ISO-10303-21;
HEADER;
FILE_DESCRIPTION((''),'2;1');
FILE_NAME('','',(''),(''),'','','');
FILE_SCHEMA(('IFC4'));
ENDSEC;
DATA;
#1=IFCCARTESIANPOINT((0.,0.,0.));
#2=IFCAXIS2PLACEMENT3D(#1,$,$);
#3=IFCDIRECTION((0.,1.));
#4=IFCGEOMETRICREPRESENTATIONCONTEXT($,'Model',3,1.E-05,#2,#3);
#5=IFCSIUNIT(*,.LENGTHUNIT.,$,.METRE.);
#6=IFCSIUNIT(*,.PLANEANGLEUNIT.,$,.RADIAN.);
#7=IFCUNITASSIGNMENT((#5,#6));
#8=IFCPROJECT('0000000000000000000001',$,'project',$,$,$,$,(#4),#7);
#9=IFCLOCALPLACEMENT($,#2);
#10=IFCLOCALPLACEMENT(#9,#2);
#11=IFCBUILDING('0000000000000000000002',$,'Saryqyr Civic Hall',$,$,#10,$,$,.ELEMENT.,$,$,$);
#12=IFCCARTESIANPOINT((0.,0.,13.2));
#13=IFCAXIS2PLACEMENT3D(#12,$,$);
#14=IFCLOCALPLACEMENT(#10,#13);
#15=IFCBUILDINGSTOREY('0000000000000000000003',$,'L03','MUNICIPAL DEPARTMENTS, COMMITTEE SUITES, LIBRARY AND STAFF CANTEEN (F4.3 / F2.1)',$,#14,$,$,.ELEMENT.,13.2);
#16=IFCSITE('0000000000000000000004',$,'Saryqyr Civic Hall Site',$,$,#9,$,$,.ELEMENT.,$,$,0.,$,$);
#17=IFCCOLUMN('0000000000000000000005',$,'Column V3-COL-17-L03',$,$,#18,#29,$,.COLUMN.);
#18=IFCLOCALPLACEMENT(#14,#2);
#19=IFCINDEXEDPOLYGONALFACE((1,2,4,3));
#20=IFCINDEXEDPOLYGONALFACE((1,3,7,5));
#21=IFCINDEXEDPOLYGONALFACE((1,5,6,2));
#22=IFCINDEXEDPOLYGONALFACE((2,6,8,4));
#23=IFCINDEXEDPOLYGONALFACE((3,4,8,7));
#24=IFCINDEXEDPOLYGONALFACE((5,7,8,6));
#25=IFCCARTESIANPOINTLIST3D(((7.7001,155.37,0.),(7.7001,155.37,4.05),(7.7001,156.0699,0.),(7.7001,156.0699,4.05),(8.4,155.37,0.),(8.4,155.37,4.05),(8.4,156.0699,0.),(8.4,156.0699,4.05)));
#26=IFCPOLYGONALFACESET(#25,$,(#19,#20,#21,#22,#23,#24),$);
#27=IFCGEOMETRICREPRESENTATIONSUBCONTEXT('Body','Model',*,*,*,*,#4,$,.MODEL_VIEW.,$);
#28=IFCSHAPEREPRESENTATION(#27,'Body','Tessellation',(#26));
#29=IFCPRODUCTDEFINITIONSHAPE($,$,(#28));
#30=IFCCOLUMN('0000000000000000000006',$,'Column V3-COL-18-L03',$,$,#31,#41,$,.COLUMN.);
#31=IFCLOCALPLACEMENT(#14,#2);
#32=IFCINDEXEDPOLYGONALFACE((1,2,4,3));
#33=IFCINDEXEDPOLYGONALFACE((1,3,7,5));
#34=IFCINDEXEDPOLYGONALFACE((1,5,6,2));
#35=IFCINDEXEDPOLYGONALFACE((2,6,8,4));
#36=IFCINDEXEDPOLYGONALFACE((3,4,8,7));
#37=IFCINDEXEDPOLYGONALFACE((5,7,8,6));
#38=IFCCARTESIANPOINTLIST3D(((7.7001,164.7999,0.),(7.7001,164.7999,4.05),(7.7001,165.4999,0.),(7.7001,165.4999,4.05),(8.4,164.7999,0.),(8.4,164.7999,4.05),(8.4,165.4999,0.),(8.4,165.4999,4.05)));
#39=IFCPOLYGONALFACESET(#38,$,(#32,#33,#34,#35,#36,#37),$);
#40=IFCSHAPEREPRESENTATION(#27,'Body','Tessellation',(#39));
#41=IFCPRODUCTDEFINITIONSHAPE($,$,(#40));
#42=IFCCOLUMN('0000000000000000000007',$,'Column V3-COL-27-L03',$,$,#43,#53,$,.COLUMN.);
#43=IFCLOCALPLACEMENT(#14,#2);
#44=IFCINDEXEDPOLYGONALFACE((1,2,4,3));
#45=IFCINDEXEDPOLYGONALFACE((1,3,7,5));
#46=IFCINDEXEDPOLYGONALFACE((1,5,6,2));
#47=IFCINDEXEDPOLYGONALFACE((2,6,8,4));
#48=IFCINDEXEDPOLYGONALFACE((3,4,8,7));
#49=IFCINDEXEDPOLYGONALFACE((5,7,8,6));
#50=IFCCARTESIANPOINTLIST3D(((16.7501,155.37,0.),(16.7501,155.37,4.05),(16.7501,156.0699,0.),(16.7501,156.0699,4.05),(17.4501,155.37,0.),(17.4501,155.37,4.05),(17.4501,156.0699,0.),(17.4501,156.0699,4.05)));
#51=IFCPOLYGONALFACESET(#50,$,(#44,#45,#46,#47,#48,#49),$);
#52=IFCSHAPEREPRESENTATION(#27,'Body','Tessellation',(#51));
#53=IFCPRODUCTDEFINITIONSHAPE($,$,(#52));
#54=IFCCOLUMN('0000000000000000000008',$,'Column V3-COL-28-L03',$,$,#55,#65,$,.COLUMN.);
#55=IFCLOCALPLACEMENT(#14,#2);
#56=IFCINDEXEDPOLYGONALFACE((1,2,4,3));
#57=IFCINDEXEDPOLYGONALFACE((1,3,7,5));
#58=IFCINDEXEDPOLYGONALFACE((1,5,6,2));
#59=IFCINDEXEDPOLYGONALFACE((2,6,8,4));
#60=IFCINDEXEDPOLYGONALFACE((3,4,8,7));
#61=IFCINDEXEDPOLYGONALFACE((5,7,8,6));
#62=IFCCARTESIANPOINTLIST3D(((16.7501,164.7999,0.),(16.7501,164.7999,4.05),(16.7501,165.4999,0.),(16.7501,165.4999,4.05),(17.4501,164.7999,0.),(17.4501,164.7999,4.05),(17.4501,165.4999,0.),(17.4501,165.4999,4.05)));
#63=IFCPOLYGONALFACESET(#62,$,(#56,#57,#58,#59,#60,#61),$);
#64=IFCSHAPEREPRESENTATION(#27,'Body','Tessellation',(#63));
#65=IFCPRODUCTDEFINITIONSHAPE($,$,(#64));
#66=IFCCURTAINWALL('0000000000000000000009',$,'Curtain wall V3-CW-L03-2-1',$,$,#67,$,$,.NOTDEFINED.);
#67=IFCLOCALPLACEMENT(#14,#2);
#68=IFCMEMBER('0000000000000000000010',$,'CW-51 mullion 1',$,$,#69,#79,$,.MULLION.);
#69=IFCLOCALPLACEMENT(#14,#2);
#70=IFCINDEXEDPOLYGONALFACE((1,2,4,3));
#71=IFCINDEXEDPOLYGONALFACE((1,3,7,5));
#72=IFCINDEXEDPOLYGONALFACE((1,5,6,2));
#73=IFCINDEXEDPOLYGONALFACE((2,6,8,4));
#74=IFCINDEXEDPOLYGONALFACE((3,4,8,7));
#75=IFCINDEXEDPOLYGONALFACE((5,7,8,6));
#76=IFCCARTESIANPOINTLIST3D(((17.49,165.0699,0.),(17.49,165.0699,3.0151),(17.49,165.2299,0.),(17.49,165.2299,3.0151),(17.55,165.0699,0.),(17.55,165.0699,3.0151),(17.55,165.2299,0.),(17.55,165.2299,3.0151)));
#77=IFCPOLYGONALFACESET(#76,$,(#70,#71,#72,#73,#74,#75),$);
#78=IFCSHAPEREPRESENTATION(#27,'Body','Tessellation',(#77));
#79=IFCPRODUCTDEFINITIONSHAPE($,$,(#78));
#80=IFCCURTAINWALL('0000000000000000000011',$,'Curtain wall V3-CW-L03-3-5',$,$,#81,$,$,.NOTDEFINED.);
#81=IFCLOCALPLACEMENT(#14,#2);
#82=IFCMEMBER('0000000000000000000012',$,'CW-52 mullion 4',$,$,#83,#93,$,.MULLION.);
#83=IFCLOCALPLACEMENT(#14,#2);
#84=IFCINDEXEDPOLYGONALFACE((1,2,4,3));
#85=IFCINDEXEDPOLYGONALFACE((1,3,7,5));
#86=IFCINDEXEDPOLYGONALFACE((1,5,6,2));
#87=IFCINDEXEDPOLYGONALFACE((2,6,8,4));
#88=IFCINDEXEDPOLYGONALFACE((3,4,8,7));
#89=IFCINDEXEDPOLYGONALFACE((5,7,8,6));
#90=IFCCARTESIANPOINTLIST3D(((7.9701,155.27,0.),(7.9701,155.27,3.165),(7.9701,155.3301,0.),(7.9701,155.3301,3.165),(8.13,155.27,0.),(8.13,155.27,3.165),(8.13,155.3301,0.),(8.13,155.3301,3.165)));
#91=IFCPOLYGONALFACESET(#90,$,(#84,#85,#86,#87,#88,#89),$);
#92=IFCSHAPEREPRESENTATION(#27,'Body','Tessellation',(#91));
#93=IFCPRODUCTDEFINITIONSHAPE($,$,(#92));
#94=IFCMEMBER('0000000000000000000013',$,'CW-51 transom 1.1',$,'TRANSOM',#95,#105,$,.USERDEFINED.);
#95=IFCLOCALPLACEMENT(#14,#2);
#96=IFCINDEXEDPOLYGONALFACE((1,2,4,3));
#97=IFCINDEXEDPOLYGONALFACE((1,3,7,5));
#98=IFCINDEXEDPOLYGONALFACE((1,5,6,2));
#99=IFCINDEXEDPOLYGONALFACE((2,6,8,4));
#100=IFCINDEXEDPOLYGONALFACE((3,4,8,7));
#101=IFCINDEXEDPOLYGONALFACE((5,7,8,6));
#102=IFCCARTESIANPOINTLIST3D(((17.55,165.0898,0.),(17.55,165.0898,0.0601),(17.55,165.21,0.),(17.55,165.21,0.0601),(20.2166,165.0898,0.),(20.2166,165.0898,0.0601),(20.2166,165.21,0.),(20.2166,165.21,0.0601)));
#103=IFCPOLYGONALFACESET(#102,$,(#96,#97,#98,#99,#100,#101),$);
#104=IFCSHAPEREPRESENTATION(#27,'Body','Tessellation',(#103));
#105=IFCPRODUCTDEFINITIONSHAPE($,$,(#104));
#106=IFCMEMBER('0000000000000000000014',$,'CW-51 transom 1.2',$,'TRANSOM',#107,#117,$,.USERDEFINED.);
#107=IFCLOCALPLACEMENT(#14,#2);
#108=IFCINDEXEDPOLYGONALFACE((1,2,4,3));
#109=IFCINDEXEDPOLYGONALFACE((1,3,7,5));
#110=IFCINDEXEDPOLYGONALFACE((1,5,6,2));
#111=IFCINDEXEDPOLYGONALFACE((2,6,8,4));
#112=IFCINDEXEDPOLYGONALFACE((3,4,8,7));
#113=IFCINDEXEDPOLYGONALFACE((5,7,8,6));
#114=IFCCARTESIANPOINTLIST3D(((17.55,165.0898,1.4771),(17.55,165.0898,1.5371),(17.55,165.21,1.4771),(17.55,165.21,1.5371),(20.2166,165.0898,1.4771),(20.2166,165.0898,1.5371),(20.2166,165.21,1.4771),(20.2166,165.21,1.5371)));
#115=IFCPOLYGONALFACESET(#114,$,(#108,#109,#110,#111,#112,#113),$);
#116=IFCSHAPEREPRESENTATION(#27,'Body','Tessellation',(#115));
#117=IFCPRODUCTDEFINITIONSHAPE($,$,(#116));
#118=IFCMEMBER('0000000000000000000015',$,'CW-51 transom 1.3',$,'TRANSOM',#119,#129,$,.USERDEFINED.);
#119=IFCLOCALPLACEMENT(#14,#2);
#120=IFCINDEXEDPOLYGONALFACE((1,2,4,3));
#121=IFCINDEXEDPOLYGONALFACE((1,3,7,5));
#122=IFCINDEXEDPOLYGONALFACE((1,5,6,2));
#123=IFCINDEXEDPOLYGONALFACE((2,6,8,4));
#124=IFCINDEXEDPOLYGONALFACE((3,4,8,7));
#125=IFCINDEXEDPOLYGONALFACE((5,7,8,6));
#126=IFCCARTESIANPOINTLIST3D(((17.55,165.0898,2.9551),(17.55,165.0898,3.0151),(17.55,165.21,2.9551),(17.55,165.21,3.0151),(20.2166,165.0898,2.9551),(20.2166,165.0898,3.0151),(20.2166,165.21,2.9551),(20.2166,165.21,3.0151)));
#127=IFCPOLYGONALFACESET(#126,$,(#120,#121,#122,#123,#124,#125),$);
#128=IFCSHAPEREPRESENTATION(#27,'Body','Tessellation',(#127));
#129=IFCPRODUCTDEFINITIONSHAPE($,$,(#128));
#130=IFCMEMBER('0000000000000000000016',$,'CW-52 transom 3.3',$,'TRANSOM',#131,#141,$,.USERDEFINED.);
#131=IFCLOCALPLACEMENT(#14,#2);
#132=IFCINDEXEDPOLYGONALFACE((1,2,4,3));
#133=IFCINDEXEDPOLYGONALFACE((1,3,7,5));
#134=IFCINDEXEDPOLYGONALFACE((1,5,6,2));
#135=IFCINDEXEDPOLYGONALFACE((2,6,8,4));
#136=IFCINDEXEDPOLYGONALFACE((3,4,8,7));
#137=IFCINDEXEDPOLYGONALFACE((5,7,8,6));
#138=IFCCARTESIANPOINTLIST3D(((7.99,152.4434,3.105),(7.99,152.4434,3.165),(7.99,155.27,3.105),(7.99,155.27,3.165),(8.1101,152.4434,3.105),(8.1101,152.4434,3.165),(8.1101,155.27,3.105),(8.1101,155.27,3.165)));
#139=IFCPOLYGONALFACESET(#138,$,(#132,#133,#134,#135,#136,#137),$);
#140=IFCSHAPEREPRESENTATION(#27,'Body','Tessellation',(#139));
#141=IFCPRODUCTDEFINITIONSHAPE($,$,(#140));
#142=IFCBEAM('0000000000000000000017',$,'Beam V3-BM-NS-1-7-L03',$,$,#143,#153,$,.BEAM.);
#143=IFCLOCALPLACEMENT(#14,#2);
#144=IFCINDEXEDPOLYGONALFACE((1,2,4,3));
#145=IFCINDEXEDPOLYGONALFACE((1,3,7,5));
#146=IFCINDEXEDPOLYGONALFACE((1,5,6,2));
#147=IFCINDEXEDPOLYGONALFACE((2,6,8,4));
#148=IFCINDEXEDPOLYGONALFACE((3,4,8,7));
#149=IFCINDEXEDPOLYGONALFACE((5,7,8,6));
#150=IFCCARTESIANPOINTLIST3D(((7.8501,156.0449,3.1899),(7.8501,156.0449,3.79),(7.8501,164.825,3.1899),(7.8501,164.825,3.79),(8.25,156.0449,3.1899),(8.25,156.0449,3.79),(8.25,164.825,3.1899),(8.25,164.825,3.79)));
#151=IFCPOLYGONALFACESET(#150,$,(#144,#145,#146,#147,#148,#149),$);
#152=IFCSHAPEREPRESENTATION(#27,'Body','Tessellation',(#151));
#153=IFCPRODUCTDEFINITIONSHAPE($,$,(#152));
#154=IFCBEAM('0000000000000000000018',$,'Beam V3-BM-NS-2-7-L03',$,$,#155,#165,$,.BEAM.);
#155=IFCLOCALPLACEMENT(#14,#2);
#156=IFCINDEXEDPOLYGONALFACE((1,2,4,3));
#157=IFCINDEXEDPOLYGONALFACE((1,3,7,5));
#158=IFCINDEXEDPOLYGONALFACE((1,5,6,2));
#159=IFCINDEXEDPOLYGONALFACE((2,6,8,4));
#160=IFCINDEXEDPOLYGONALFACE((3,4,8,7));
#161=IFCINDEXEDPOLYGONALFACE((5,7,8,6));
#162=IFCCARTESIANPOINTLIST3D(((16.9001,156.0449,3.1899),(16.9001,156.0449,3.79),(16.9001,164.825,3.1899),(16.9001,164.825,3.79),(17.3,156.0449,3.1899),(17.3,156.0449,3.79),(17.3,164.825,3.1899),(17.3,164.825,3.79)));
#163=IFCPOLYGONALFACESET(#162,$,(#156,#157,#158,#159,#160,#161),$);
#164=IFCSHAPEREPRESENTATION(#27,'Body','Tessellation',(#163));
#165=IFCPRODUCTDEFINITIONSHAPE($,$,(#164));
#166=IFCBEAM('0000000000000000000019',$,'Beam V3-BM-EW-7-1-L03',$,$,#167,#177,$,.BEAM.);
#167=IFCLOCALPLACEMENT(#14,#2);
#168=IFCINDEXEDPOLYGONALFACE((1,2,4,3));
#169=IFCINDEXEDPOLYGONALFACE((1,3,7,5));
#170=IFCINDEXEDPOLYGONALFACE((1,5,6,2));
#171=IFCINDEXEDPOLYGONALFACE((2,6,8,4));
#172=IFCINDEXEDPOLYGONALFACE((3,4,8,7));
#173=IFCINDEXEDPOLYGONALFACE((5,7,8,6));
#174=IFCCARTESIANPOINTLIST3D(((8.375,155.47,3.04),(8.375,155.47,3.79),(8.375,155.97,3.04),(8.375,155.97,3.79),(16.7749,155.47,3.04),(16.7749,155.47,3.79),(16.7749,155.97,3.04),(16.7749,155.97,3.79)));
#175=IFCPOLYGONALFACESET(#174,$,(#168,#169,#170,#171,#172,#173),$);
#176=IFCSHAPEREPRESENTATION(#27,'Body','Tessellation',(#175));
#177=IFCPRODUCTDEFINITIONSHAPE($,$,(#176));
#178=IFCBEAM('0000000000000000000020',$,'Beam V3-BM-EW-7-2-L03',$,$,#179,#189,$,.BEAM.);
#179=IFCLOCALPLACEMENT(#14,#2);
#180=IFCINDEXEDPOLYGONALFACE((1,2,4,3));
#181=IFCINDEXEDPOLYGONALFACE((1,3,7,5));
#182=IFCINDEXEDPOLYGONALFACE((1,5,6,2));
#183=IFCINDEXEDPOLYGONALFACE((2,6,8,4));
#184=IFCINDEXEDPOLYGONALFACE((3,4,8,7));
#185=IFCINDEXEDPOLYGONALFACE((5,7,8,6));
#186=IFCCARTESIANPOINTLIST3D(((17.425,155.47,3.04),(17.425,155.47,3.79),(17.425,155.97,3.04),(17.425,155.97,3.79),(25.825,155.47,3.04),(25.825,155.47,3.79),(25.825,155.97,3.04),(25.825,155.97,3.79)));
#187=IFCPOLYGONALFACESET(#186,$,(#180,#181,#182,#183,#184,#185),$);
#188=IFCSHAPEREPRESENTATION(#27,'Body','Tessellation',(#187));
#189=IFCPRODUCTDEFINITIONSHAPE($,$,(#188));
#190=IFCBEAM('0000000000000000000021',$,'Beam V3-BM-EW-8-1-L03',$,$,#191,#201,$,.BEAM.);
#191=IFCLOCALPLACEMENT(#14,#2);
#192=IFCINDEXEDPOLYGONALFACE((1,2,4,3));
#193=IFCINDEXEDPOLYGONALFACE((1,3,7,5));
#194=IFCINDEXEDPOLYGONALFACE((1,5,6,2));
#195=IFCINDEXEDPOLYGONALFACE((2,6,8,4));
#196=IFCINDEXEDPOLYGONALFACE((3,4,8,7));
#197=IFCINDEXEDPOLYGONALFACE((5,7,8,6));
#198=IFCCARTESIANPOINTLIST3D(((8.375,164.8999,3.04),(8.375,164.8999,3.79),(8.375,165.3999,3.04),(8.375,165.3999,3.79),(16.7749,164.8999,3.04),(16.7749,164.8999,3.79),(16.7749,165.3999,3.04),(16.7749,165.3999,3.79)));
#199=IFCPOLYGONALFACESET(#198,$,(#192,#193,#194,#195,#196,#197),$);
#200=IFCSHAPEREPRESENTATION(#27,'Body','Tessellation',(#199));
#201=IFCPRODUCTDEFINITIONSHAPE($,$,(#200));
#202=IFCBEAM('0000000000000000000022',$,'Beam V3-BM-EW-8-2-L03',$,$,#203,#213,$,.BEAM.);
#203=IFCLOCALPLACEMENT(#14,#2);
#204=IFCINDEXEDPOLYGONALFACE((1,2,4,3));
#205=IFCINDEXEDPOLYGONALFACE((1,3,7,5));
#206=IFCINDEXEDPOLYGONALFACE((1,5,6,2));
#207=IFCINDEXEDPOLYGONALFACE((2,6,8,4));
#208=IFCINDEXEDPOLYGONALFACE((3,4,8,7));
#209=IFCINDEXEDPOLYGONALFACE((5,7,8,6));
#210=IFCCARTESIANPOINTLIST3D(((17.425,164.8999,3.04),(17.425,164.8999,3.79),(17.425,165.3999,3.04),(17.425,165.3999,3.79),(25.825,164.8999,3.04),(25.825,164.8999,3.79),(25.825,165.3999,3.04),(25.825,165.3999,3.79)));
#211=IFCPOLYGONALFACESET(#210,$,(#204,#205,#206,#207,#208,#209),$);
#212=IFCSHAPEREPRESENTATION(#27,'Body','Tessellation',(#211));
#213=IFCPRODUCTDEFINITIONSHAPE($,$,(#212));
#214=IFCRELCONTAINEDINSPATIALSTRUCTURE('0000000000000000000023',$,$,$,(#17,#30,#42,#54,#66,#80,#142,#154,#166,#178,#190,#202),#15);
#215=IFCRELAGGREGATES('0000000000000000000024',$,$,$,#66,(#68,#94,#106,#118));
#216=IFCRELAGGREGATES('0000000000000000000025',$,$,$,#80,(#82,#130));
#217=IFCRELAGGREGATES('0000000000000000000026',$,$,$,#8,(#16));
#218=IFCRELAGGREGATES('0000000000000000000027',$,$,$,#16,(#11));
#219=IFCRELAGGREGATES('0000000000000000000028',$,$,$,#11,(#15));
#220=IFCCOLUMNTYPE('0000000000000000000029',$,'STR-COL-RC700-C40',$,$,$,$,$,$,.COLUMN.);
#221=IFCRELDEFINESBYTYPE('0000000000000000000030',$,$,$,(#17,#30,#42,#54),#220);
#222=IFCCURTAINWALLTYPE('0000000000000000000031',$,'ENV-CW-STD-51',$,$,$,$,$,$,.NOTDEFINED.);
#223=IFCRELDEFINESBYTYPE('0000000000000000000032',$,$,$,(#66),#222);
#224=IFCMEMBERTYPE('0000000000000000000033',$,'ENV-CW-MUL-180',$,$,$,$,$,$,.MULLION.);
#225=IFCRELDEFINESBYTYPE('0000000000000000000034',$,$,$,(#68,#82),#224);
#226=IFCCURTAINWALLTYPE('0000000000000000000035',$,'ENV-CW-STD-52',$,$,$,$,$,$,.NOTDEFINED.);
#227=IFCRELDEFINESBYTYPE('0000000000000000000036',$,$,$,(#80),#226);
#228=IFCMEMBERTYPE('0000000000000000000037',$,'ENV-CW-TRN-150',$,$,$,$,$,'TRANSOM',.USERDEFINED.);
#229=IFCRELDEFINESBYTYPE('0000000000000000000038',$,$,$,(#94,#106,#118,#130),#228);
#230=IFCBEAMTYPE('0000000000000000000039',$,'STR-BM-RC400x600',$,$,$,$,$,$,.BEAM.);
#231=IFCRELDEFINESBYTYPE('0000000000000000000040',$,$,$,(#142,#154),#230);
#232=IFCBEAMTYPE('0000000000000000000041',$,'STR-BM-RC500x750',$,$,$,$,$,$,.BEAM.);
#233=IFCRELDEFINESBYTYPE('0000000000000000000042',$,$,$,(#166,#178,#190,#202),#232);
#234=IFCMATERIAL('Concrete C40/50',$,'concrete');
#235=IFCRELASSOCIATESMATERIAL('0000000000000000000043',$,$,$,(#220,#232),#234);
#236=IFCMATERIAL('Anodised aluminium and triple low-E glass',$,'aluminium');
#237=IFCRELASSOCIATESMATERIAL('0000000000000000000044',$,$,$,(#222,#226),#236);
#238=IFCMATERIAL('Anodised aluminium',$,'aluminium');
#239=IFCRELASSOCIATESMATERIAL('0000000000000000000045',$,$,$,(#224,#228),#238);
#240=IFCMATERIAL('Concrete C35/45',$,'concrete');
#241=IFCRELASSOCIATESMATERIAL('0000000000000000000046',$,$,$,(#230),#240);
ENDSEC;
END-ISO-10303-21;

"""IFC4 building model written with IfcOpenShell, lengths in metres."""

from ifc_helpers import new_model, si_unit, direction, frame, origin, origin_2d, place, context, subcontext, project, spatial, rectangle, extrude, material, material_profile, profile_set, type_object, element, aggregate, save


model = new_model("IFC4")

# Units and contexts
model_context = context("Model", 3, precision=1e-05, world=origin(), true_north=direction((0.0, 1.0)))
body_context = subcontext(model_context, "Body", "Model", "MODEL_VIEW")
ifc_project = project(units=[si_unit("LENGTHUNIT", "METRE"), si_unit("PLANEANGLEUNIT", "RADIAN")], contexts=[model_context])

# Site, building, storey
site_placement = place(None, origin())
site = spatial("IfcSite", under=ifc_project, at=site_placement, Name="Saryqyr Civic Hall Site", CompositionType="ELEMENT", RefElevation=0.0)
building_placement = place(site_placement, origin())
building = spatial("IfcBuilding", under=site, at=building_placement, Name="Saryqyr Civic Hall", CompositionType="ELEMENT")
storey_placement = place(building_placement, frame((0.0, 0.0, 13.2)))
storey = spatial("IfcBuildingStorey", under=building, at=storey_placement, Name="L03", Description="MUNICIPAL DEPARTMENTS, COMMITTEE SUITES, LIBRARY AND STAFF CANTEEN (F4.3 / F2.1)", CompositionType="ELEMENT", Elevation=13.2)

# Columns
ifc_material_1 = material(Name="Concrete C40/50", Category="concrete")
ifc_material_profile_1 = material_profile(ifc_material_1, rectangle(XDim=0.7, YDim=0.7, at=origin_2d()), Name="RC 700x700")
ifc_profile_set_1 = profile_set([ifc_material_profile_1], Name="Concrete C40/50")
column_type = type_object("IfcColumnType", Name="STR-COL-RC700-C40", PredefinedType="COLUMN", material=ifc_profile_set_1)
for number, where, z_axis, x_axis, name in (
    (1, (8.05, 155.72, 0.0), (0.0, 0.0, 1.0), (1.0, 0.0, 0.0), "Column V3-COL-17-L03"),
    (2, (8.05, 165.1499, 0.0), (0.0, 0.0, 1.0), (1.0, 0.0, 0.0), "Column V3-COL-18-L03"),
    (3, (17.1001, 155.72, 0.0), (0.0, 0.0, 1.0), (1.0, 0.0, 0.0), "Column V3-COL-27-L03"),
    (4, (17.1001, 165.1499, 0.0), (0.0, 0.0, 1.0), (1.0, 0.0, 0.0), "Column V3-COL-28-L03"),
):
    element("IfcColumn", number, at=place(storey_placement, frame(where, z_axis=z_axis, x_axis=x_axis)), inside=storey, type_object=column_type, Name=name, PredefinedType="COLUMN", context=body_context, shape_type="SweptSolid", body=[
        extrude(rectangle(XDim=0.7, YDim=0.7, at=origin_2d()), origin(), (0.0, 0.0, 1.0), 4.05),
    ])

# Curtain walls, members
ifc_material_2 = material(Name="Anodised aluminium and triple low-E glass", Category="aluminium")
curtain_wall_type_1 = type_object("IfcCurtainWallType", Name="ENV-CW-STD-51", PredefinedType="NOTDEFINED", material=ifc_material_2)
curtain_wall_1_placement = place(storey_placement, origin())
curtain_wall_1 = element("IfcCurtainWall", 5, at=curtain_wall_1_placement, inside=storey, type_object=curtain_wall_type_1, Name="Curtain wall V3-CW-L03-2-1", PredefinedType="NOTDEFINED")
ifc_material_3 = material(Name="Anodised aluminium", Category="aluminium")
ifc_material_profile_2 = material_profile(ifc_material_3, rectangle(XDim=0.0601, YDim=0.1599, at=origin_2d()), Name="ALU MULLION 60x160")
ifc_profile_set_2 = profile_set([ifc_material_profile_2], Name="Anodised aluminium")
member_type_1 = type_object("IfcMemberType", Name="ENV-CW-MUL-180", PredefinedType="MULLION", material=ifc_profile_set_2)
member_1_placement = place(storey_placement, frame((17.52, 165.1499, 0.0), z_axis=(0.0, 0.0, 1.0), x_axis=(1.0, 0.0, 0.0)))
member_1 = element("IfcMember", 6, at=member_1_placement, type_object=member_type_1, Name="CW-51 mullion 1", PredefinedType="MULLION", context=body_context, shape_type="SweptSolid", body=[
    extrude(rectangle(XDim=0.0601, YDim=0.1599, at=origin_2d()), origin(), (0.0, 0.0, 1.0), 3.0151),
])
curtain_wall_type_2 = type_object("IfcCurtainWallType", Name="ENV-CW-STD-52", PredefinedType="NOTDEFINED", material=ifc_material_2)
curtain_wall_2_placement = place(storey_placement, origin())
curtain_wall_2 = element("IfcCurtainWall", 7, at=curtain_wall_2_placement, inside=storey, type_object=curtain_wall_type_2, Name="Curtain wall V3-CW-L03-3-5", PredefinedType="NOTDEFINED")
member_2_placement = place(storey_placement, frame((8.05, 155.3, 0.0), z_axis=(0.0, 0.0, 1.0), x_axis=(0.0, 1.0, 0.0)))
member_2 = element("IfcMember", 8, at=member_2_placement, type_object=member_type_1, Name="CW-52 mullion 4", PredefinedType="MULLION", context=body_context, shape_type="SweptSolid", body=[
    extrude(rectangle(XDim=0.0601, YDim=0.1599, at=origin_2d()), origin(), (0.0, 0.0, 1.0), 3.165),
])

# Members
ifc_material_profile_3 = material_profile(ifc_material_3, rectangle(XDim=0.1201, YDim=0.0601, at=origin_2d()), Name="ALU TRANSOM 120x60")
ifc_profile_set_3 = profile_set([ifc_material_profile_3], Name="Anodised aluminium")
member_type_2 = type_object("IfcMemberType", Name="ENV-CW-TRN-150", ElementType="TRANSOM", PredefinedType="USERDEFINED", material=ifc_profile_set_3)
member_3_placement = place(storey_placement, frame((17.55, 165.1499, 0.03), z_axis=(1.0, 0.0, 0.0), x_axis=(0.0, 1.0, 0.0)))
member_3 = element("IfcMember", 9, at=member_3_placement, type_object=member_type_2, Name="CW-51 transom 1.1", ObjectType="TRANSOM", PredefinedType="USERDEFINED", context=body_context, shape_type="SweptSolid", body=[
    extrude(rectangle(XDim=0.1201, YDim=0.0601, at=origin_2d()), origin(), (0.0, 0.0, 1.0), 2.6665),
])
member_4_placement = place(storey_placement, frame((17.55, 165.1499, 1.5071), z_axis=(1.0, 0.0, 0.0), x_axis=(0.0, 1.0, 0.0)))
member_4 = element("IfcMember", 10, at=member_4_placement, type_object=member_type_2, Name="CW-51 transom 1.2", ObjectType="TRANSOM", PredefinedType="USERDEFINED", context=body_context, shape_type="SweptSolid", body=[
    extrude(rectangle(XDim=0.1201, YDim=0.0601, at=origin_2d()), origin(), (0.0, 0.0, 1.0), 2.6665),
])
member_5_placement = place(storey_placement, frame((17.55, 165.1499, 2.9851), z_axis=(1.0, 0.0, 0.0), x_axis=(0.0, 1.0, 0.0)))
member_5 = element("IfcMember", 11, at=member_5_placement, type_object=member_type_2, Name="CW-51 transom 1.3", ObjectType="TRANSOM", PredefinedType="USERDEFINED", context=body_context, shape_type="SweptSolid", body=[
    extrude(rectangle(XDim=0.1201, YDim=0.0601, at=origin_2d()), origin(), (0.0, 0.0, 1.0), 2.6665),
])
member_6_placement = place(storey_placement, frame((8.05, 152.4434, 3.135), z_axis=(0.0, 1.0, 0.0), x_axis=(-1.0, 0.0, 0.0)))
member_6 = element("IfcMember", 12, at=member_6_placement, type_object=member_type_2, Name="CW-52 transom 3.3", ObjectType="TRANSOM", PredefinedType="USERDEFINED", context=body_context, shape_type="SweptSolid", body=[
    extrude(rectangle(XDim=0.1201, YDim=0.0601, at=origin_2d()), origin(), (0.0, 0.0, 1.0), 2.8267),
])

# Beams
ifc_material_4 = material(Name="Concrete C35/45", Category="concrete")
ifc_material_profile_4 = material_profile(ifc_material_4, rectangle(XDim=0.3999, YDim=0.6001, at=origin_2d()), Name="RC 400x600")
ifc_profile_set_4 = profile_set([ifc_material_profile_4], Name="Concrete C35/45")
beam_type_1 = type_object("IfcBeamType", Name="STR-BM-RC400x600", PredefinedType="BEAM", material=ifc_profile_set_4)
for number, where, z_axis, x_axis, name in (
    (13, (8.05, 156.0449, 3.49), (0.0, 1.0, 0.0), (-1.0, 0.0, 0.0), "Beam V3-BM-NS-1-7-L03"),
    (14, (17.1001, 156.0449, 3.49), (0.0, 1.0, 0.0), (-1.0, 0.0, 0.0), "Beam V3-BM-NS-2-7-L03"),
):
    element("IfcBeam", number, at=place(storey_placement, frame(where, z_axis=z_axis, x_axis=x_axis)), inside=storey, type_object=beam_type_1, Name=name, PredefinedType="BEAM", context=body_context, shape_type="SweptSolid", body=[
        extrude(rectangle(XDim=0.3999, YDim=0.6001, at=origin_2d()), origin(), (0.0, 0.0, 1.0), 8.78),
    ])
ifc_material_profile_5 = material_profile(ifc_material_1, rectangle(XDim=0.5, YDim=0.75, at=origin_2d()), Name="RC 500x750")
ifc_profile_set_5 = profile_set([ifc_material_profile_5], Name="Concrete C40/50")
beam_type_2 = type_object("IfcBeamType", Name="STR-BM-RC500x750", PredefinedType="BEAM", material=ifc_profile_set_5)
for number, where, z_axis, x_axis, name in (
    (15, (8.375, 155.72, 3.415), (1.0, 0.0, 0.0), (0.0, 1.0, 0.0), "Beam V3-BM-EW-7-1-L03"),
    (16, (17.425, 155.72, 3.415), (1.0, 0.0, 0.0), (0.0, 1.0, 0.0), "Beam V3-BM-EW-7-2-L03"),
    (17, (8.375, 165.1499, 3.415), (1.0, 0.0, 0.0), (0.0, 1.0, 0.0), "Beam V3-BM-EW-8-1-L03"),
    (18, (17.425, 165.1499, 3.415), (1.0, 0.0, 0.0), (0.0, 1.0, 0.0), "Beam V3-BM-EW-8-2-L03"),
):
    element("IfcBeam", number, at=place(storey_placement, frame(where, z_axis=z_axis, x_axis=x_axis)), inside=storey, type_object=beam_type_2, Name=name, PredefinedType="BEAM", context=body_context, shape_type="SweptSolid", body=[
        extrude(rectangle(XDim=0.5, YDim=0.75, at=origin_2d()), origin(), (0.0, 0.0, 1.0), 8.3999),
    ])

aggregate(curtain_wall_1, [member_1, member_3, member_4, member_5])
aggregate(curtain_wall_2, [member_2, member_6])

save(model, "model.ifc")
